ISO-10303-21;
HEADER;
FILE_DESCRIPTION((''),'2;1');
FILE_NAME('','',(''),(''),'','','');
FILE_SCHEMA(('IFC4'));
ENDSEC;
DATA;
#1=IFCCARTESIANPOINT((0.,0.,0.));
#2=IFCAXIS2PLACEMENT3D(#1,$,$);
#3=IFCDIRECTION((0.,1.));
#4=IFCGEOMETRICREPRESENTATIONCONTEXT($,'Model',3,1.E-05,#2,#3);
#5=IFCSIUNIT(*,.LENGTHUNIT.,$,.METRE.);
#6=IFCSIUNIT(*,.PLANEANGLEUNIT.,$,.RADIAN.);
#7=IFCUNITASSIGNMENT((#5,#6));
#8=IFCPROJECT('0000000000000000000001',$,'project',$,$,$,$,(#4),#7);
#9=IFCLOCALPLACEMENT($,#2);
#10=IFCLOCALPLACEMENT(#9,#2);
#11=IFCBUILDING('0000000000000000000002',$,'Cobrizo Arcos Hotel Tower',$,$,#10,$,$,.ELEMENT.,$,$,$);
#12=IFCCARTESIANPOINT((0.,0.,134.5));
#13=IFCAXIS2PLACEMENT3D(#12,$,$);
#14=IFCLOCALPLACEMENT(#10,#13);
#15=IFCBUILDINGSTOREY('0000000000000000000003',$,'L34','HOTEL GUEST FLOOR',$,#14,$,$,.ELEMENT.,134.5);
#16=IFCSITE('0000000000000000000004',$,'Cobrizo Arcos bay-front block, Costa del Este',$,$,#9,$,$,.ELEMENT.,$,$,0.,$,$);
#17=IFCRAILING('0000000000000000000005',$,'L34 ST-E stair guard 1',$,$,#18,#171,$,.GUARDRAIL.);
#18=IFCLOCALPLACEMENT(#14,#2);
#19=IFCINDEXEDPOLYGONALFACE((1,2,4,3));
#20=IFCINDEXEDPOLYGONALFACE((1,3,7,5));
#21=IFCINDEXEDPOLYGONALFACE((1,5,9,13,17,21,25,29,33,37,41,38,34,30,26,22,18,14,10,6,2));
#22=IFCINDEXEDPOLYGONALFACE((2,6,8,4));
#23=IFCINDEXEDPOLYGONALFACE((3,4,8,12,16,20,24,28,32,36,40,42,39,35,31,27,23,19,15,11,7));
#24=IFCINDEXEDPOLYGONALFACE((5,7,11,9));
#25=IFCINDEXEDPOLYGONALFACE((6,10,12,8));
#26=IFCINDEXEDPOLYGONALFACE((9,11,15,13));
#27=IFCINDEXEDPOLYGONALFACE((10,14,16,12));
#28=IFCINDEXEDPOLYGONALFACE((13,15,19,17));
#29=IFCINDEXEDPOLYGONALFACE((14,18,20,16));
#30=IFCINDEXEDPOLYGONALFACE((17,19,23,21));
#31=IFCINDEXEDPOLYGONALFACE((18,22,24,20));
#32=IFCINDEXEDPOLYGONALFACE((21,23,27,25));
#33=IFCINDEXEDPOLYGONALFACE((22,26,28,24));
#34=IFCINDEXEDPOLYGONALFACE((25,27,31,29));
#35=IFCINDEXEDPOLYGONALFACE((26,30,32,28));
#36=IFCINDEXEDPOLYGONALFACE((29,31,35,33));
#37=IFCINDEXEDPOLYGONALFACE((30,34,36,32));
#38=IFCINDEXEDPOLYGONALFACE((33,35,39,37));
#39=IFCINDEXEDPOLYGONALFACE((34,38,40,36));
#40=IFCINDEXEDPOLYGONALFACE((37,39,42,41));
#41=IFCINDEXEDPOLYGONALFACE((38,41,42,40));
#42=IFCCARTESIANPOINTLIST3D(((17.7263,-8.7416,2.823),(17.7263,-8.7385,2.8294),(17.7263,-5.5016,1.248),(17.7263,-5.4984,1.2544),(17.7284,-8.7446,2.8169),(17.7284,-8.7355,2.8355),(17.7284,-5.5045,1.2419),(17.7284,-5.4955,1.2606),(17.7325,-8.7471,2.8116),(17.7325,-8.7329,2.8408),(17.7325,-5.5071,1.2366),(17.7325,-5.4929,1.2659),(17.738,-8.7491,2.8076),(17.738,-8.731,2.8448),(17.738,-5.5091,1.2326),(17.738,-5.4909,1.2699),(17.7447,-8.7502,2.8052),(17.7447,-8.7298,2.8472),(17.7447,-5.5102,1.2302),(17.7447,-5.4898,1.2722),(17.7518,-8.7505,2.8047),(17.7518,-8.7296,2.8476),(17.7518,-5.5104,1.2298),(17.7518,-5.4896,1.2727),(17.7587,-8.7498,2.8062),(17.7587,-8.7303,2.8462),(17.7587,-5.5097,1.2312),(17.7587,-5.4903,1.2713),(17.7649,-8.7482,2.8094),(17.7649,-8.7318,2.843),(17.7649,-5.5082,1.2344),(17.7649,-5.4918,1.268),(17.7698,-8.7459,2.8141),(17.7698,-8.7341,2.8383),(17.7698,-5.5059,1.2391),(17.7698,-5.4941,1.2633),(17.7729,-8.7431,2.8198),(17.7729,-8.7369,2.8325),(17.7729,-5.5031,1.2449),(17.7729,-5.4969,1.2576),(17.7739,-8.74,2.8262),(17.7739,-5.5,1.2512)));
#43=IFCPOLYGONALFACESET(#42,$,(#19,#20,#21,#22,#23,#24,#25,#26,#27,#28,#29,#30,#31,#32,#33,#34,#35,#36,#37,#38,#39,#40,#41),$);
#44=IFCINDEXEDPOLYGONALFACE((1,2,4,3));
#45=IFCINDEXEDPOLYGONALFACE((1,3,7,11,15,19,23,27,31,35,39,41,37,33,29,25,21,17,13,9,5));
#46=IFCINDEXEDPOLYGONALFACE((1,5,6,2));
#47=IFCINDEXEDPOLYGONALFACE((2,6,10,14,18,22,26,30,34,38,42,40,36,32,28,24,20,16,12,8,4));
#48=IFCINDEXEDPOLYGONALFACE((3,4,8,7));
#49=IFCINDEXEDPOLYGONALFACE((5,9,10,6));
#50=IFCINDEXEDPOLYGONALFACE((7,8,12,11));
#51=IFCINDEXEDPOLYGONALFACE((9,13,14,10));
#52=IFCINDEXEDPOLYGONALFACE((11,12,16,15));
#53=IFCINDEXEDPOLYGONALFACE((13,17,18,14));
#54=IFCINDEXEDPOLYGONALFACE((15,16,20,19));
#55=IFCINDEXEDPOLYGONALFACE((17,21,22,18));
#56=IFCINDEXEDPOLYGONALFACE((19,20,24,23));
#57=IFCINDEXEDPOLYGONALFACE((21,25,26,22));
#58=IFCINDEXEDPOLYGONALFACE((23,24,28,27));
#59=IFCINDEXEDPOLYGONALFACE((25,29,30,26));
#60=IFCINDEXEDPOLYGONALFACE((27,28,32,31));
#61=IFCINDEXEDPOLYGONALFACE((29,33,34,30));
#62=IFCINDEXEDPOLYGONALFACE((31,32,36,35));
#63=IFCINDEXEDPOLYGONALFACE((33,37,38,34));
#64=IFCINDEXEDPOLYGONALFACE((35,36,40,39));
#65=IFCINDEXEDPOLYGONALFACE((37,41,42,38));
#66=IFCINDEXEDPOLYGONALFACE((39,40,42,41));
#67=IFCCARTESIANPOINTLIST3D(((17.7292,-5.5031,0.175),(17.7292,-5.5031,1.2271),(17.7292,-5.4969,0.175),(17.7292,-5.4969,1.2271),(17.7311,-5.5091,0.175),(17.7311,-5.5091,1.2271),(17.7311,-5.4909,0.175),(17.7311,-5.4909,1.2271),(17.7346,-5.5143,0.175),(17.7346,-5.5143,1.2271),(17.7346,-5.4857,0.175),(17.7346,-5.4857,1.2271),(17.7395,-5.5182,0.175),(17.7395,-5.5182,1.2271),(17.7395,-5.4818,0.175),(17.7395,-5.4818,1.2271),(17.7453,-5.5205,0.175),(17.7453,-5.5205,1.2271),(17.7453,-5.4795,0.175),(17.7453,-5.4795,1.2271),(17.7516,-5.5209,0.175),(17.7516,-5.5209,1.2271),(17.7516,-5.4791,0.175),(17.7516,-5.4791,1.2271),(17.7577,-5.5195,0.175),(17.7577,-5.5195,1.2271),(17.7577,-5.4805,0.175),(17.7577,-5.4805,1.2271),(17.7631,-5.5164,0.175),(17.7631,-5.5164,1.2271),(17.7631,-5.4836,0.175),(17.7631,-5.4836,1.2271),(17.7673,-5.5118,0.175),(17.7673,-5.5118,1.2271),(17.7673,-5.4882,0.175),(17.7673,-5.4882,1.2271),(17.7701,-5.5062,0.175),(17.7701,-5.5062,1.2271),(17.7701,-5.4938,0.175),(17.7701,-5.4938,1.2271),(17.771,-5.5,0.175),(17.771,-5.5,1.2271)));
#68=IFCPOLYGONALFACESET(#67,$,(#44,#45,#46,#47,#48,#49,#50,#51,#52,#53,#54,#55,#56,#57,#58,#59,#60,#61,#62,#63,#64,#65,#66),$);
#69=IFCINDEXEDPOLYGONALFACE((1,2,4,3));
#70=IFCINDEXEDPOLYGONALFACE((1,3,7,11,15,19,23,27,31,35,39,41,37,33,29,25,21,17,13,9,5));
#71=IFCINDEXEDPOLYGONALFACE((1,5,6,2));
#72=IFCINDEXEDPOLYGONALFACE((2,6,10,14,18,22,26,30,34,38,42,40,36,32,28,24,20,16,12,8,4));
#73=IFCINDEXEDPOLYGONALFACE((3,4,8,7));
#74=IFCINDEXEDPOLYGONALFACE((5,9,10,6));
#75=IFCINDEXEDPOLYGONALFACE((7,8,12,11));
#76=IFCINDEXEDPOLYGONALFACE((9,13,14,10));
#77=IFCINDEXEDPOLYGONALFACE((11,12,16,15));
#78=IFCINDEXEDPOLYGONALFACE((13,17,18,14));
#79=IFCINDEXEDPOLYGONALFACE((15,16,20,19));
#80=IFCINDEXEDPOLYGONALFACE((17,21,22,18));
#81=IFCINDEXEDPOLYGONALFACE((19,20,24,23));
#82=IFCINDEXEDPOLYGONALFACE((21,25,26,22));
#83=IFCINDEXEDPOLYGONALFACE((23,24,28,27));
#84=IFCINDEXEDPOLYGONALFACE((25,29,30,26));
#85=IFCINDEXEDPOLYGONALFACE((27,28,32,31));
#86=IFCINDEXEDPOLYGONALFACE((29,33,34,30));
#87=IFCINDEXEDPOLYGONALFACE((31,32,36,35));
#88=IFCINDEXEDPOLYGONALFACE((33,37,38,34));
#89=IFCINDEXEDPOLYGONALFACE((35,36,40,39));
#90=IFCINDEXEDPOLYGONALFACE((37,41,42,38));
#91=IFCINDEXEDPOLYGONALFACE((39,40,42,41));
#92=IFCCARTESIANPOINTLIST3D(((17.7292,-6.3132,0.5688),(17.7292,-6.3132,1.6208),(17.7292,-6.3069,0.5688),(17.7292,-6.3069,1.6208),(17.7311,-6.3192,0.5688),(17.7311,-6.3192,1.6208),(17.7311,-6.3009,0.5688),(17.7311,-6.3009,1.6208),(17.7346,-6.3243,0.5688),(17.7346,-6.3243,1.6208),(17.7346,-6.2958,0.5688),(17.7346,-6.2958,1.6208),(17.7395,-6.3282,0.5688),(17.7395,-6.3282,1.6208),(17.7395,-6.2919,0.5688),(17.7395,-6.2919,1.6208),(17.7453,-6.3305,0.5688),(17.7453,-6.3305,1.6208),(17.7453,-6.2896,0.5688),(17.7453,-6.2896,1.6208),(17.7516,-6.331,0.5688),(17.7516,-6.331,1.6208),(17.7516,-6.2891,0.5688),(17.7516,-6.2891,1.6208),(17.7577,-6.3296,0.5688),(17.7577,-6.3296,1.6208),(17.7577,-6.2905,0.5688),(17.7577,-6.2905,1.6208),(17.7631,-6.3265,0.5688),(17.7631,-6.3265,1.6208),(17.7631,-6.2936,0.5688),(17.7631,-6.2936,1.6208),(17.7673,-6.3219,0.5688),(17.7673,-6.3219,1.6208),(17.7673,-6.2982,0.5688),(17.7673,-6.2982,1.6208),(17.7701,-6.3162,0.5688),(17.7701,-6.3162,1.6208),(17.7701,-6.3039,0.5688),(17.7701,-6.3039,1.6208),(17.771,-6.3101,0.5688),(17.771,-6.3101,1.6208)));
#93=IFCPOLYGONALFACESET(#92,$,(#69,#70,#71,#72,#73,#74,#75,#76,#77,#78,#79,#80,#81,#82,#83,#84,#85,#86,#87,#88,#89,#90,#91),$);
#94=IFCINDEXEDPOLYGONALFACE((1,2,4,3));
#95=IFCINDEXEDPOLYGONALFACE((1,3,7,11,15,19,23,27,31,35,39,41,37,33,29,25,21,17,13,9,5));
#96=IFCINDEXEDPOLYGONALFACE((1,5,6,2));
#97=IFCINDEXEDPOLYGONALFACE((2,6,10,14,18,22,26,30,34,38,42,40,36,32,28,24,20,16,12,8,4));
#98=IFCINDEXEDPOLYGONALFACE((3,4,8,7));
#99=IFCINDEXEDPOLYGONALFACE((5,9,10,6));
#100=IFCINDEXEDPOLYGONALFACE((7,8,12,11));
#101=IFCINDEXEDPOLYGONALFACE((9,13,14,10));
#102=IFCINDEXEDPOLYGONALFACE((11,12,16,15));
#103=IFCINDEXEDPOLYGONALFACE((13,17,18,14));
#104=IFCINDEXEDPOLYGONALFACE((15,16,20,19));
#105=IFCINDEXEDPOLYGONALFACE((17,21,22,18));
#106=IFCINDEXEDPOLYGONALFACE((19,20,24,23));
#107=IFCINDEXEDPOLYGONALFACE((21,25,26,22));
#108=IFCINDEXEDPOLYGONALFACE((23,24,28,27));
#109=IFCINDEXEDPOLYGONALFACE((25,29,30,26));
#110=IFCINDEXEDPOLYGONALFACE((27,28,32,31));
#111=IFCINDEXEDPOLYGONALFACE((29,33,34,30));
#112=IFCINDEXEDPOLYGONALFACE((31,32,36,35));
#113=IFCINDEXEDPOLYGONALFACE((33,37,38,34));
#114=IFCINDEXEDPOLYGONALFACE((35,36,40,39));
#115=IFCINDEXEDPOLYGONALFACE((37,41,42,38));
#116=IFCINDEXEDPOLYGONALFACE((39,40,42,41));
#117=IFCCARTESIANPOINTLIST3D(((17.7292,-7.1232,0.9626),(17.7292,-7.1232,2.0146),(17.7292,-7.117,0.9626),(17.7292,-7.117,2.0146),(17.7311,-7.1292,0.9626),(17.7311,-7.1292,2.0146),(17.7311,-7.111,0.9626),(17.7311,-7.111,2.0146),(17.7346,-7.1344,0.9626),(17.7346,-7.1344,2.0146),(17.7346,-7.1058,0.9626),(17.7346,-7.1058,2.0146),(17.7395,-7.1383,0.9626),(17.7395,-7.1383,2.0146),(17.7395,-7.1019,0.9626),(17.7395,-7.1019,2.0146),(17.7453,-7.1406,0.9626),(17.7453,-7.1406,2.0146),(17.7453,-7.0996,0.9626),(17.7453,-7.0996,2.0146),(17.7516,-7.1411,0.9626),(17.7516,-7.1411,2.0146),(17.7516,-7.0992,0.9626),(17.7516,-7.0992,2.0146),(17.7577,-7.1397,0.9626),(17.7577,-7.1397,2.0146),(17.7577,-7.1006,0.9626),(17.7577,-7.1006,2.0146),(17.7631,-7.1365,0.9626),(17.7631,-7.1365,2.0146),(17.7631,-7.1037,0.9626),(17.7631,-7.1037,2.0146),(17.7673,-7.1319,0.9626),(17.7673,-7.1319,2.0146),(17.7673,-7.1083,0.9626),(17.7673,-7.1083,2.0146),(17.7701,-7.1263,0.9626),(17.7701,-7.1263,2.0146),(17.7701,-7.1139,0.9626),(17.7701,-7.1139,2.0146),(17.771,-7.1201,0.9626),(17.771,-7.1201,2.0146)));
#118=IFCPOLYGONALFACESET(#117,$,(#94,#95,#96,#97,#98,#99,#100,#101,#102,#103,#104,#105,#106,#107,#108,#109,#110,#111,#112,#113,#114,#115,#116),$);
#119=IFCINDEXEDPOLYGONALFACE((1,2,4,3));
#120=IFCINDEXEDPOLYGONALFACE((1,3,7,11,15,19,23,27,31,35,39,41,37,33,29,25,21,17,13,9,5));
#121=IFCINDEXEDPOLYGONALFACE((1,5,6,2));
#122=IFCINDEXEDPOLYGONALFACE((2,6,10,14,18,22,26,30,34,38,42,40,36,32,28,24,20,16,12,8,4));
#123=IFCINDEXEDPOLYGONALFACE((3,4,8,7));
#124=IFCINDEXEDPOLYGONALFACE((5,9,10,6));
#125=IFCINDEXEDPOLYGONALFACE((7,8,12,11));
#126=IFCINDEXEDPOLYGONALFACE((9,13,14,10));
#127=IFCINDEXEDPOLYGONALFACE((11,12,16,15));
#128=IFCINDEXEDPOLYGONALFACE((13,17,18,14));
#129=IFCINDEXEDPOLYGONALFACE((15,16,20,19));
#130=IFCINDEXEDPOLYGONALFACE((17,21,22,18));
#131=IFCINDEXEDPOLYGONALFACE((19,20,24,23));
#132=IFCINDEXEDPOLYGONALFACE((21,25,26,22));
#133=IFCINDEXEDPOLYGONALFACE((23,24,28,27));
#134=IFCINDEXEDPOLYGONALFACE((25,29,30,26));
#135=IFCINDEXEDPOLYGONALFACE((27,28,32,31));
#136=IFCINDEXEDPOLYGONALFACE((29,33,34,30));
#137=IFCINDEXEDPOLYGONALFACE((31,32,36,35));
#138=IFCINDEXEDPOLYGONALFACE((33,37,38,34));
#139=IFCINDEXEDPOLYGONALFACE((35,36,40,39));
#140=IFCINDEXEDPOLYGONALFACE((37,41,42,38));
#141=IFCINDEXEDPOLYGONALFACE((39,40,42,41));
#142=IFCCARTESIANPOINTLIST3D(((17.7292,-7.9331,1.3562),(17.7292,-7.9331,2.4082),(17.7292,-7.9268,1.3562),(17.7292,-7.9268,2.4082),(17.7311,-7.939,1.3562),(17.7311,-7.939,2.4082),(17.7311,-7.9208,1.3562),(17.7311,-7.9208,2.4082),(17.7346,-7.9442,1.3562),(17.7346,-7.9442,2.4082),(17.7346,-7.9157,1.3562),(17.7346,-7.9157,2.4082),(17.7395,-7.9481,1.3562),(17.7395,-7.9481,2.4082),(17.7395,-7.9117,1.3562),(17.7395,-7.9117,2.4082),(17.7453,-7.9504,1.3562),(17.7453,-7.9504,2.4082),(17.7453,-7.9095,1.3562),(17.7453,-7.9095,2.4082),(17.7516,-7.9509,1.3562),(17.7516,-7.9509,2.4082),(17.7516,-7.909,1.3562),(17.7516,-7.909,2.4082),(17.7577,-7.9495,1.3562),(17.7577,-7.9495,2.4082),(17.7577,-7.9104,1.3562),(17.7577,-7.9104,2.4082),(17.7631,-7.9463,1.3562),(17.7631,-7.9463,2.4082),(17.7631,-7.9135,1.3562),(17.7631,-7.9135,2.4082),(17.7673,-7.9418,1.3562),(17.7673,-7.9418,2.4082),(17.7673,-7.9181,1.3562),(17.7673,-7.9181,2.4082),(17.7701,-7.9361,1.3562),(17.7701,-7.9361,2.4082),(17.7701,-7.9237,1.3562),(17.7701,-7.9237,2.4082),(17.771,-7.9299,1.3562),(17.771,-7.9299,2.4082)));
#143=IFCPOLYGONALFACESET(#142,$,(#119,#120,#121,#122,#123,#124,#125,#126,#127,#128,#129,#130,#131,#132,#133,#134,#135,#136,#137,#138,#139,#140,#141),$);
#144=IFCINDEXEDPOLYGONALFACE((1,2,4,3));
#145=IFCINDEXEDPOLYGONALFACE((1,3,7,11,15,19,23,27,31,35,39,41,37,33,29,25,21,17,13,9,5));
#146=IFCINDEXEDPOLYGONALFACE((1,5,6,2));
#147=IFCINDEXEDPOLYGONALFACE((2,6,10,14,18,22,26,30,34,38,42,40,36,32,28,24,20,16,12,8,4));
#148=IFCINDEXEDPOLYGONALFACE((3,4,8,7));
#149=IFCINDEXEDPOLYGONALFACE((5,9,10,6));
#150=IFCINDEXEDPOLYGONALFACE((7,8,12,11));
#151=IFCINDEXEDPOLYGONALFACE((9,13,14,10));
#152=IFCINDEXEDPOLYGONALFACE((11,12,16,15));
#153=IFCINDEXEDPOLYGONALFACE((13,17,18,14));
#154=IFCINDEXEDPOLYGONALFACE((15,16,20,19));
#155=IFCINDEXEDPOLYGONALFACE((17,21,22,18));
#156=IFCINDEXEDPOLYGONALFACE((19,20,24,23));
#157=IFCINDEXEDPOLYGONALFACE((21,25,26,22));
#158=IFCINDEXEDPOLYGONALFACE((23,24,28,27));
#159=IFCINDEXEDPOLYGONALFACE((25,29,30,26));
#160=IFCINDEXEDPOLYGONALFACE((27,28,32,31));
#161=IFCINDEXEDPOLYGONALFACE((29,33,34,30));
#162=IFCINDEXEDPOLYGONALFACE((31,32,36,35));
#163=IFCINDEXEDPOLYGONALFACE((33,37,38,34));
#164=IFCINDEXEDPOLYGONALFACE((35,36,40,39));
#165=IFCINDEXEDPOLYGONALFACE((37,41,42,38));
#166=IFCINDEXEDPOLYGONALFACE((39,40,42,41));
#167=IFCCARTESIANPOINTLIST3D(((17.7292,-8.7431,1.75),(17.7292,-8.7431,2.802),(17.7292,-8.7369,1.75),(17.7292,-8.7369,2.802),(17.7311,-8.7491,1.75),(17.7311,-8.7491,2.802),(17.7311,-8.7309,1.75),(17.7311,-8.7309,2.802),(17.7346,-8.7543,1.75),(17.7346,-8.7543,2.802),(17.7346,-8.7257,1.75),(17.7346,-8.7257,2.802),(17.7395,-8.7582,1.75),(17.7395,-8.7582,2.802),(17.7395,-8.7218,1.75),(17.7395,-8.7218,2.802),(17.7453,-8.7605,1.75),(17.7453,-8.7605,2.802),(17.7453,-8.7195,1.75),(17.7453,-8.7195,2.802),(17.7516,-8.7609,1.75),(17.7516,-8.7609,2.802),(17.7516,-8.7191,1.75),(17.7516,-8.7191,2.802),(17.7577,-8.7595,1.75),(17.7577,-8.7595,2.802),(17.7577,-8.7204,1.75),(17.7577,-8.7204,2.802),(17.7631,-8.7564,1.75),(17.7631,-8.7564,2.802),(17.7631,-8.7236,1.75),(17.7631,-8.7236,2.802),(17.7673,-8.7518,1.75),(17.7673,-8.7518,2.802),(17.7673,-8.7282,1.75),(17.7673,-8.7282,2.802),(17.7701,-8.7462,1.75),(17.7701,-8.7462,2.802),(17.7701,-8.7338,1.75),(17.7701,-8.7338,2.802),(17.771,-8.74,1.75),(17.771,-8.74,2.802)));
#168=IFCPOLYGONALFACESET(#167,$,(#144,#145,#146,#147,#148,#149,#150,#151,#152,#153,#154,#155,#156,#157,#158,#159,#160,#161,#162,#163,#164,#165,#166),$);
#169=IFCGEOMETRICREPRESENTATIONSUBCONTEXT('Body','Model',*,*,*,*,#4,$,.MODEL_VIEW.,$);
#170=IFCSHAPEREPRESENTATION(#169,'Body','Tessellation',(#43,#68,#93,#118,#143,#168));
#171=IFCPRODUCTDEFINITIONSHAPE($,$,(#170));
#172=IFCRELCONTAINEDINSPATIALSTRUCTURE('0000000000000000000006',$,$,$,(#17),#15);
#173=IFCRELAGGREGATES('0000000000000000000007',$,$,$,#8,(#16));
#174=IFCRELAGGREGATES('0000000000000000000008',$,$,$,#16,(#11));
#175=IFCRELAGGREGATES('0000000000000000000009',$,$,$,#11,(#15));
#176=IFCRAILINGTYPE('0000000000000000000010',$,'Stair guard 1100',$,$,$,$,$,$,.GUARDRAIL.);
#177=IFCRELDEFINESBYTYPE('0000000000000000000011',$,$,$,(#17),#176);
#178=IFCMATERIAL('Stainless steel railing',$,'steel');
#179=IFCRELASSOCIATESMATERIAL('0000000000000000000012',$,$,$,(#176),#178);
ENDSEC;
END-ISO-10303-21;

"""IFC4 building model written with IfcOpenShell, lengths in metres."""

from ifc_helpers import new_model, si_unit, direction, frame, origin, origin_2d, place, context, subcontext, project, spatial, circle, extrude, material, type_object, element, save


model = new_model("IFC4")

# Units and contexts
model_context = context("Model", 3, precision=1e-05, world=origin(), true_north=direction((0.0, 1.0)))
body_context = subcontext(model_context, "Body", "Model", "MODEL_VIEW")
ifc_project = project(units=[si_unit("LENGTHUNIT", "METRE"), si_unit("PLANEANGLEUNIT", "RADIAN")], contexts=[model_context])

# Site, building, storey
site_placement = place(None, origin())
site = spatial("IfcSite", under=ifc_project, at=site_placement, Name="Cobrizo Arcos bay-front block, Costa del Este", CompositionType="ELEMENT", RefElevation=0.0)
building_placement = place(site_placement, origin())
building = spatial("IfcBuilding", under=site, at=building_placement, Name="Cobrizo Arcos Hotel Tower", CompositionType="ELEMENT")
storey_placement = place(building_placement, frame((0.0, 0.0, 134.5)))
storey = spatial("IfcBuildingStorey", under=building, at=storey_placement, Name="L34", Description="HOTEL GUEST FLOOR", CompositionType="ELEMENT", Elevation=134.5)

# Railing
ifc_material_1 = material(Name="Stainless steel railing", Category="steel")
railing_type_1 = type_object("IfcRailingType", Name="Stair guard 1100", PredefinedType="GUARDRAIL", material=ifc_material_1)
railing_1_placement = place(storey_placement, frame((17.75, -5.5, 0.175)))
element("IfcRailing", 1, at=railing_1_placement, inside=storey, type_object=railing_type_1, Name="L34 ST-E stair guard 1", PredefinedType="GUARDRAIL", context=body_context, shape_type="SweptSolid", body=[
    extrude(circle(Radius=0.0239, at=origin_2d()), frame((0.0, 0.0, 1.0762), z_axis=(0.0, -0.899373, 0.437183), x_axis=(1.0, 0.0, 0.0)), (0.0, 0.0, 1.0), 3.6025),
    extrude(circle(Radius=0.021, at=origin_2d()), origin(), (0.0, 0.0, 1.0), 1.052),
    extrude(circle(Radius=0.021, at=origin_2d()), frame((0.0, -0.8101, 0.3938)), (0.0, 0.0, 1.0), 1.052),
    extrude(circle(Radius=0.021, at=origin_2d()), frame((0.0, -1.6201, 0.7876)), (0.0, 0.0, 1.0), 1.052),
    extrude(circle(Radius=0.021, at=origin_2d()), frame((0.0, -2.4299, 1.1812)), (0.0, 0.0, 1.0), 1.052),
    extrude(circle(Radius=0.021, at=origin_2d()), frame((0.0, -3.24, 1.575)), (0.0, 0.0, 1.0), 1.052),
])

save(model, "model.ifc")
